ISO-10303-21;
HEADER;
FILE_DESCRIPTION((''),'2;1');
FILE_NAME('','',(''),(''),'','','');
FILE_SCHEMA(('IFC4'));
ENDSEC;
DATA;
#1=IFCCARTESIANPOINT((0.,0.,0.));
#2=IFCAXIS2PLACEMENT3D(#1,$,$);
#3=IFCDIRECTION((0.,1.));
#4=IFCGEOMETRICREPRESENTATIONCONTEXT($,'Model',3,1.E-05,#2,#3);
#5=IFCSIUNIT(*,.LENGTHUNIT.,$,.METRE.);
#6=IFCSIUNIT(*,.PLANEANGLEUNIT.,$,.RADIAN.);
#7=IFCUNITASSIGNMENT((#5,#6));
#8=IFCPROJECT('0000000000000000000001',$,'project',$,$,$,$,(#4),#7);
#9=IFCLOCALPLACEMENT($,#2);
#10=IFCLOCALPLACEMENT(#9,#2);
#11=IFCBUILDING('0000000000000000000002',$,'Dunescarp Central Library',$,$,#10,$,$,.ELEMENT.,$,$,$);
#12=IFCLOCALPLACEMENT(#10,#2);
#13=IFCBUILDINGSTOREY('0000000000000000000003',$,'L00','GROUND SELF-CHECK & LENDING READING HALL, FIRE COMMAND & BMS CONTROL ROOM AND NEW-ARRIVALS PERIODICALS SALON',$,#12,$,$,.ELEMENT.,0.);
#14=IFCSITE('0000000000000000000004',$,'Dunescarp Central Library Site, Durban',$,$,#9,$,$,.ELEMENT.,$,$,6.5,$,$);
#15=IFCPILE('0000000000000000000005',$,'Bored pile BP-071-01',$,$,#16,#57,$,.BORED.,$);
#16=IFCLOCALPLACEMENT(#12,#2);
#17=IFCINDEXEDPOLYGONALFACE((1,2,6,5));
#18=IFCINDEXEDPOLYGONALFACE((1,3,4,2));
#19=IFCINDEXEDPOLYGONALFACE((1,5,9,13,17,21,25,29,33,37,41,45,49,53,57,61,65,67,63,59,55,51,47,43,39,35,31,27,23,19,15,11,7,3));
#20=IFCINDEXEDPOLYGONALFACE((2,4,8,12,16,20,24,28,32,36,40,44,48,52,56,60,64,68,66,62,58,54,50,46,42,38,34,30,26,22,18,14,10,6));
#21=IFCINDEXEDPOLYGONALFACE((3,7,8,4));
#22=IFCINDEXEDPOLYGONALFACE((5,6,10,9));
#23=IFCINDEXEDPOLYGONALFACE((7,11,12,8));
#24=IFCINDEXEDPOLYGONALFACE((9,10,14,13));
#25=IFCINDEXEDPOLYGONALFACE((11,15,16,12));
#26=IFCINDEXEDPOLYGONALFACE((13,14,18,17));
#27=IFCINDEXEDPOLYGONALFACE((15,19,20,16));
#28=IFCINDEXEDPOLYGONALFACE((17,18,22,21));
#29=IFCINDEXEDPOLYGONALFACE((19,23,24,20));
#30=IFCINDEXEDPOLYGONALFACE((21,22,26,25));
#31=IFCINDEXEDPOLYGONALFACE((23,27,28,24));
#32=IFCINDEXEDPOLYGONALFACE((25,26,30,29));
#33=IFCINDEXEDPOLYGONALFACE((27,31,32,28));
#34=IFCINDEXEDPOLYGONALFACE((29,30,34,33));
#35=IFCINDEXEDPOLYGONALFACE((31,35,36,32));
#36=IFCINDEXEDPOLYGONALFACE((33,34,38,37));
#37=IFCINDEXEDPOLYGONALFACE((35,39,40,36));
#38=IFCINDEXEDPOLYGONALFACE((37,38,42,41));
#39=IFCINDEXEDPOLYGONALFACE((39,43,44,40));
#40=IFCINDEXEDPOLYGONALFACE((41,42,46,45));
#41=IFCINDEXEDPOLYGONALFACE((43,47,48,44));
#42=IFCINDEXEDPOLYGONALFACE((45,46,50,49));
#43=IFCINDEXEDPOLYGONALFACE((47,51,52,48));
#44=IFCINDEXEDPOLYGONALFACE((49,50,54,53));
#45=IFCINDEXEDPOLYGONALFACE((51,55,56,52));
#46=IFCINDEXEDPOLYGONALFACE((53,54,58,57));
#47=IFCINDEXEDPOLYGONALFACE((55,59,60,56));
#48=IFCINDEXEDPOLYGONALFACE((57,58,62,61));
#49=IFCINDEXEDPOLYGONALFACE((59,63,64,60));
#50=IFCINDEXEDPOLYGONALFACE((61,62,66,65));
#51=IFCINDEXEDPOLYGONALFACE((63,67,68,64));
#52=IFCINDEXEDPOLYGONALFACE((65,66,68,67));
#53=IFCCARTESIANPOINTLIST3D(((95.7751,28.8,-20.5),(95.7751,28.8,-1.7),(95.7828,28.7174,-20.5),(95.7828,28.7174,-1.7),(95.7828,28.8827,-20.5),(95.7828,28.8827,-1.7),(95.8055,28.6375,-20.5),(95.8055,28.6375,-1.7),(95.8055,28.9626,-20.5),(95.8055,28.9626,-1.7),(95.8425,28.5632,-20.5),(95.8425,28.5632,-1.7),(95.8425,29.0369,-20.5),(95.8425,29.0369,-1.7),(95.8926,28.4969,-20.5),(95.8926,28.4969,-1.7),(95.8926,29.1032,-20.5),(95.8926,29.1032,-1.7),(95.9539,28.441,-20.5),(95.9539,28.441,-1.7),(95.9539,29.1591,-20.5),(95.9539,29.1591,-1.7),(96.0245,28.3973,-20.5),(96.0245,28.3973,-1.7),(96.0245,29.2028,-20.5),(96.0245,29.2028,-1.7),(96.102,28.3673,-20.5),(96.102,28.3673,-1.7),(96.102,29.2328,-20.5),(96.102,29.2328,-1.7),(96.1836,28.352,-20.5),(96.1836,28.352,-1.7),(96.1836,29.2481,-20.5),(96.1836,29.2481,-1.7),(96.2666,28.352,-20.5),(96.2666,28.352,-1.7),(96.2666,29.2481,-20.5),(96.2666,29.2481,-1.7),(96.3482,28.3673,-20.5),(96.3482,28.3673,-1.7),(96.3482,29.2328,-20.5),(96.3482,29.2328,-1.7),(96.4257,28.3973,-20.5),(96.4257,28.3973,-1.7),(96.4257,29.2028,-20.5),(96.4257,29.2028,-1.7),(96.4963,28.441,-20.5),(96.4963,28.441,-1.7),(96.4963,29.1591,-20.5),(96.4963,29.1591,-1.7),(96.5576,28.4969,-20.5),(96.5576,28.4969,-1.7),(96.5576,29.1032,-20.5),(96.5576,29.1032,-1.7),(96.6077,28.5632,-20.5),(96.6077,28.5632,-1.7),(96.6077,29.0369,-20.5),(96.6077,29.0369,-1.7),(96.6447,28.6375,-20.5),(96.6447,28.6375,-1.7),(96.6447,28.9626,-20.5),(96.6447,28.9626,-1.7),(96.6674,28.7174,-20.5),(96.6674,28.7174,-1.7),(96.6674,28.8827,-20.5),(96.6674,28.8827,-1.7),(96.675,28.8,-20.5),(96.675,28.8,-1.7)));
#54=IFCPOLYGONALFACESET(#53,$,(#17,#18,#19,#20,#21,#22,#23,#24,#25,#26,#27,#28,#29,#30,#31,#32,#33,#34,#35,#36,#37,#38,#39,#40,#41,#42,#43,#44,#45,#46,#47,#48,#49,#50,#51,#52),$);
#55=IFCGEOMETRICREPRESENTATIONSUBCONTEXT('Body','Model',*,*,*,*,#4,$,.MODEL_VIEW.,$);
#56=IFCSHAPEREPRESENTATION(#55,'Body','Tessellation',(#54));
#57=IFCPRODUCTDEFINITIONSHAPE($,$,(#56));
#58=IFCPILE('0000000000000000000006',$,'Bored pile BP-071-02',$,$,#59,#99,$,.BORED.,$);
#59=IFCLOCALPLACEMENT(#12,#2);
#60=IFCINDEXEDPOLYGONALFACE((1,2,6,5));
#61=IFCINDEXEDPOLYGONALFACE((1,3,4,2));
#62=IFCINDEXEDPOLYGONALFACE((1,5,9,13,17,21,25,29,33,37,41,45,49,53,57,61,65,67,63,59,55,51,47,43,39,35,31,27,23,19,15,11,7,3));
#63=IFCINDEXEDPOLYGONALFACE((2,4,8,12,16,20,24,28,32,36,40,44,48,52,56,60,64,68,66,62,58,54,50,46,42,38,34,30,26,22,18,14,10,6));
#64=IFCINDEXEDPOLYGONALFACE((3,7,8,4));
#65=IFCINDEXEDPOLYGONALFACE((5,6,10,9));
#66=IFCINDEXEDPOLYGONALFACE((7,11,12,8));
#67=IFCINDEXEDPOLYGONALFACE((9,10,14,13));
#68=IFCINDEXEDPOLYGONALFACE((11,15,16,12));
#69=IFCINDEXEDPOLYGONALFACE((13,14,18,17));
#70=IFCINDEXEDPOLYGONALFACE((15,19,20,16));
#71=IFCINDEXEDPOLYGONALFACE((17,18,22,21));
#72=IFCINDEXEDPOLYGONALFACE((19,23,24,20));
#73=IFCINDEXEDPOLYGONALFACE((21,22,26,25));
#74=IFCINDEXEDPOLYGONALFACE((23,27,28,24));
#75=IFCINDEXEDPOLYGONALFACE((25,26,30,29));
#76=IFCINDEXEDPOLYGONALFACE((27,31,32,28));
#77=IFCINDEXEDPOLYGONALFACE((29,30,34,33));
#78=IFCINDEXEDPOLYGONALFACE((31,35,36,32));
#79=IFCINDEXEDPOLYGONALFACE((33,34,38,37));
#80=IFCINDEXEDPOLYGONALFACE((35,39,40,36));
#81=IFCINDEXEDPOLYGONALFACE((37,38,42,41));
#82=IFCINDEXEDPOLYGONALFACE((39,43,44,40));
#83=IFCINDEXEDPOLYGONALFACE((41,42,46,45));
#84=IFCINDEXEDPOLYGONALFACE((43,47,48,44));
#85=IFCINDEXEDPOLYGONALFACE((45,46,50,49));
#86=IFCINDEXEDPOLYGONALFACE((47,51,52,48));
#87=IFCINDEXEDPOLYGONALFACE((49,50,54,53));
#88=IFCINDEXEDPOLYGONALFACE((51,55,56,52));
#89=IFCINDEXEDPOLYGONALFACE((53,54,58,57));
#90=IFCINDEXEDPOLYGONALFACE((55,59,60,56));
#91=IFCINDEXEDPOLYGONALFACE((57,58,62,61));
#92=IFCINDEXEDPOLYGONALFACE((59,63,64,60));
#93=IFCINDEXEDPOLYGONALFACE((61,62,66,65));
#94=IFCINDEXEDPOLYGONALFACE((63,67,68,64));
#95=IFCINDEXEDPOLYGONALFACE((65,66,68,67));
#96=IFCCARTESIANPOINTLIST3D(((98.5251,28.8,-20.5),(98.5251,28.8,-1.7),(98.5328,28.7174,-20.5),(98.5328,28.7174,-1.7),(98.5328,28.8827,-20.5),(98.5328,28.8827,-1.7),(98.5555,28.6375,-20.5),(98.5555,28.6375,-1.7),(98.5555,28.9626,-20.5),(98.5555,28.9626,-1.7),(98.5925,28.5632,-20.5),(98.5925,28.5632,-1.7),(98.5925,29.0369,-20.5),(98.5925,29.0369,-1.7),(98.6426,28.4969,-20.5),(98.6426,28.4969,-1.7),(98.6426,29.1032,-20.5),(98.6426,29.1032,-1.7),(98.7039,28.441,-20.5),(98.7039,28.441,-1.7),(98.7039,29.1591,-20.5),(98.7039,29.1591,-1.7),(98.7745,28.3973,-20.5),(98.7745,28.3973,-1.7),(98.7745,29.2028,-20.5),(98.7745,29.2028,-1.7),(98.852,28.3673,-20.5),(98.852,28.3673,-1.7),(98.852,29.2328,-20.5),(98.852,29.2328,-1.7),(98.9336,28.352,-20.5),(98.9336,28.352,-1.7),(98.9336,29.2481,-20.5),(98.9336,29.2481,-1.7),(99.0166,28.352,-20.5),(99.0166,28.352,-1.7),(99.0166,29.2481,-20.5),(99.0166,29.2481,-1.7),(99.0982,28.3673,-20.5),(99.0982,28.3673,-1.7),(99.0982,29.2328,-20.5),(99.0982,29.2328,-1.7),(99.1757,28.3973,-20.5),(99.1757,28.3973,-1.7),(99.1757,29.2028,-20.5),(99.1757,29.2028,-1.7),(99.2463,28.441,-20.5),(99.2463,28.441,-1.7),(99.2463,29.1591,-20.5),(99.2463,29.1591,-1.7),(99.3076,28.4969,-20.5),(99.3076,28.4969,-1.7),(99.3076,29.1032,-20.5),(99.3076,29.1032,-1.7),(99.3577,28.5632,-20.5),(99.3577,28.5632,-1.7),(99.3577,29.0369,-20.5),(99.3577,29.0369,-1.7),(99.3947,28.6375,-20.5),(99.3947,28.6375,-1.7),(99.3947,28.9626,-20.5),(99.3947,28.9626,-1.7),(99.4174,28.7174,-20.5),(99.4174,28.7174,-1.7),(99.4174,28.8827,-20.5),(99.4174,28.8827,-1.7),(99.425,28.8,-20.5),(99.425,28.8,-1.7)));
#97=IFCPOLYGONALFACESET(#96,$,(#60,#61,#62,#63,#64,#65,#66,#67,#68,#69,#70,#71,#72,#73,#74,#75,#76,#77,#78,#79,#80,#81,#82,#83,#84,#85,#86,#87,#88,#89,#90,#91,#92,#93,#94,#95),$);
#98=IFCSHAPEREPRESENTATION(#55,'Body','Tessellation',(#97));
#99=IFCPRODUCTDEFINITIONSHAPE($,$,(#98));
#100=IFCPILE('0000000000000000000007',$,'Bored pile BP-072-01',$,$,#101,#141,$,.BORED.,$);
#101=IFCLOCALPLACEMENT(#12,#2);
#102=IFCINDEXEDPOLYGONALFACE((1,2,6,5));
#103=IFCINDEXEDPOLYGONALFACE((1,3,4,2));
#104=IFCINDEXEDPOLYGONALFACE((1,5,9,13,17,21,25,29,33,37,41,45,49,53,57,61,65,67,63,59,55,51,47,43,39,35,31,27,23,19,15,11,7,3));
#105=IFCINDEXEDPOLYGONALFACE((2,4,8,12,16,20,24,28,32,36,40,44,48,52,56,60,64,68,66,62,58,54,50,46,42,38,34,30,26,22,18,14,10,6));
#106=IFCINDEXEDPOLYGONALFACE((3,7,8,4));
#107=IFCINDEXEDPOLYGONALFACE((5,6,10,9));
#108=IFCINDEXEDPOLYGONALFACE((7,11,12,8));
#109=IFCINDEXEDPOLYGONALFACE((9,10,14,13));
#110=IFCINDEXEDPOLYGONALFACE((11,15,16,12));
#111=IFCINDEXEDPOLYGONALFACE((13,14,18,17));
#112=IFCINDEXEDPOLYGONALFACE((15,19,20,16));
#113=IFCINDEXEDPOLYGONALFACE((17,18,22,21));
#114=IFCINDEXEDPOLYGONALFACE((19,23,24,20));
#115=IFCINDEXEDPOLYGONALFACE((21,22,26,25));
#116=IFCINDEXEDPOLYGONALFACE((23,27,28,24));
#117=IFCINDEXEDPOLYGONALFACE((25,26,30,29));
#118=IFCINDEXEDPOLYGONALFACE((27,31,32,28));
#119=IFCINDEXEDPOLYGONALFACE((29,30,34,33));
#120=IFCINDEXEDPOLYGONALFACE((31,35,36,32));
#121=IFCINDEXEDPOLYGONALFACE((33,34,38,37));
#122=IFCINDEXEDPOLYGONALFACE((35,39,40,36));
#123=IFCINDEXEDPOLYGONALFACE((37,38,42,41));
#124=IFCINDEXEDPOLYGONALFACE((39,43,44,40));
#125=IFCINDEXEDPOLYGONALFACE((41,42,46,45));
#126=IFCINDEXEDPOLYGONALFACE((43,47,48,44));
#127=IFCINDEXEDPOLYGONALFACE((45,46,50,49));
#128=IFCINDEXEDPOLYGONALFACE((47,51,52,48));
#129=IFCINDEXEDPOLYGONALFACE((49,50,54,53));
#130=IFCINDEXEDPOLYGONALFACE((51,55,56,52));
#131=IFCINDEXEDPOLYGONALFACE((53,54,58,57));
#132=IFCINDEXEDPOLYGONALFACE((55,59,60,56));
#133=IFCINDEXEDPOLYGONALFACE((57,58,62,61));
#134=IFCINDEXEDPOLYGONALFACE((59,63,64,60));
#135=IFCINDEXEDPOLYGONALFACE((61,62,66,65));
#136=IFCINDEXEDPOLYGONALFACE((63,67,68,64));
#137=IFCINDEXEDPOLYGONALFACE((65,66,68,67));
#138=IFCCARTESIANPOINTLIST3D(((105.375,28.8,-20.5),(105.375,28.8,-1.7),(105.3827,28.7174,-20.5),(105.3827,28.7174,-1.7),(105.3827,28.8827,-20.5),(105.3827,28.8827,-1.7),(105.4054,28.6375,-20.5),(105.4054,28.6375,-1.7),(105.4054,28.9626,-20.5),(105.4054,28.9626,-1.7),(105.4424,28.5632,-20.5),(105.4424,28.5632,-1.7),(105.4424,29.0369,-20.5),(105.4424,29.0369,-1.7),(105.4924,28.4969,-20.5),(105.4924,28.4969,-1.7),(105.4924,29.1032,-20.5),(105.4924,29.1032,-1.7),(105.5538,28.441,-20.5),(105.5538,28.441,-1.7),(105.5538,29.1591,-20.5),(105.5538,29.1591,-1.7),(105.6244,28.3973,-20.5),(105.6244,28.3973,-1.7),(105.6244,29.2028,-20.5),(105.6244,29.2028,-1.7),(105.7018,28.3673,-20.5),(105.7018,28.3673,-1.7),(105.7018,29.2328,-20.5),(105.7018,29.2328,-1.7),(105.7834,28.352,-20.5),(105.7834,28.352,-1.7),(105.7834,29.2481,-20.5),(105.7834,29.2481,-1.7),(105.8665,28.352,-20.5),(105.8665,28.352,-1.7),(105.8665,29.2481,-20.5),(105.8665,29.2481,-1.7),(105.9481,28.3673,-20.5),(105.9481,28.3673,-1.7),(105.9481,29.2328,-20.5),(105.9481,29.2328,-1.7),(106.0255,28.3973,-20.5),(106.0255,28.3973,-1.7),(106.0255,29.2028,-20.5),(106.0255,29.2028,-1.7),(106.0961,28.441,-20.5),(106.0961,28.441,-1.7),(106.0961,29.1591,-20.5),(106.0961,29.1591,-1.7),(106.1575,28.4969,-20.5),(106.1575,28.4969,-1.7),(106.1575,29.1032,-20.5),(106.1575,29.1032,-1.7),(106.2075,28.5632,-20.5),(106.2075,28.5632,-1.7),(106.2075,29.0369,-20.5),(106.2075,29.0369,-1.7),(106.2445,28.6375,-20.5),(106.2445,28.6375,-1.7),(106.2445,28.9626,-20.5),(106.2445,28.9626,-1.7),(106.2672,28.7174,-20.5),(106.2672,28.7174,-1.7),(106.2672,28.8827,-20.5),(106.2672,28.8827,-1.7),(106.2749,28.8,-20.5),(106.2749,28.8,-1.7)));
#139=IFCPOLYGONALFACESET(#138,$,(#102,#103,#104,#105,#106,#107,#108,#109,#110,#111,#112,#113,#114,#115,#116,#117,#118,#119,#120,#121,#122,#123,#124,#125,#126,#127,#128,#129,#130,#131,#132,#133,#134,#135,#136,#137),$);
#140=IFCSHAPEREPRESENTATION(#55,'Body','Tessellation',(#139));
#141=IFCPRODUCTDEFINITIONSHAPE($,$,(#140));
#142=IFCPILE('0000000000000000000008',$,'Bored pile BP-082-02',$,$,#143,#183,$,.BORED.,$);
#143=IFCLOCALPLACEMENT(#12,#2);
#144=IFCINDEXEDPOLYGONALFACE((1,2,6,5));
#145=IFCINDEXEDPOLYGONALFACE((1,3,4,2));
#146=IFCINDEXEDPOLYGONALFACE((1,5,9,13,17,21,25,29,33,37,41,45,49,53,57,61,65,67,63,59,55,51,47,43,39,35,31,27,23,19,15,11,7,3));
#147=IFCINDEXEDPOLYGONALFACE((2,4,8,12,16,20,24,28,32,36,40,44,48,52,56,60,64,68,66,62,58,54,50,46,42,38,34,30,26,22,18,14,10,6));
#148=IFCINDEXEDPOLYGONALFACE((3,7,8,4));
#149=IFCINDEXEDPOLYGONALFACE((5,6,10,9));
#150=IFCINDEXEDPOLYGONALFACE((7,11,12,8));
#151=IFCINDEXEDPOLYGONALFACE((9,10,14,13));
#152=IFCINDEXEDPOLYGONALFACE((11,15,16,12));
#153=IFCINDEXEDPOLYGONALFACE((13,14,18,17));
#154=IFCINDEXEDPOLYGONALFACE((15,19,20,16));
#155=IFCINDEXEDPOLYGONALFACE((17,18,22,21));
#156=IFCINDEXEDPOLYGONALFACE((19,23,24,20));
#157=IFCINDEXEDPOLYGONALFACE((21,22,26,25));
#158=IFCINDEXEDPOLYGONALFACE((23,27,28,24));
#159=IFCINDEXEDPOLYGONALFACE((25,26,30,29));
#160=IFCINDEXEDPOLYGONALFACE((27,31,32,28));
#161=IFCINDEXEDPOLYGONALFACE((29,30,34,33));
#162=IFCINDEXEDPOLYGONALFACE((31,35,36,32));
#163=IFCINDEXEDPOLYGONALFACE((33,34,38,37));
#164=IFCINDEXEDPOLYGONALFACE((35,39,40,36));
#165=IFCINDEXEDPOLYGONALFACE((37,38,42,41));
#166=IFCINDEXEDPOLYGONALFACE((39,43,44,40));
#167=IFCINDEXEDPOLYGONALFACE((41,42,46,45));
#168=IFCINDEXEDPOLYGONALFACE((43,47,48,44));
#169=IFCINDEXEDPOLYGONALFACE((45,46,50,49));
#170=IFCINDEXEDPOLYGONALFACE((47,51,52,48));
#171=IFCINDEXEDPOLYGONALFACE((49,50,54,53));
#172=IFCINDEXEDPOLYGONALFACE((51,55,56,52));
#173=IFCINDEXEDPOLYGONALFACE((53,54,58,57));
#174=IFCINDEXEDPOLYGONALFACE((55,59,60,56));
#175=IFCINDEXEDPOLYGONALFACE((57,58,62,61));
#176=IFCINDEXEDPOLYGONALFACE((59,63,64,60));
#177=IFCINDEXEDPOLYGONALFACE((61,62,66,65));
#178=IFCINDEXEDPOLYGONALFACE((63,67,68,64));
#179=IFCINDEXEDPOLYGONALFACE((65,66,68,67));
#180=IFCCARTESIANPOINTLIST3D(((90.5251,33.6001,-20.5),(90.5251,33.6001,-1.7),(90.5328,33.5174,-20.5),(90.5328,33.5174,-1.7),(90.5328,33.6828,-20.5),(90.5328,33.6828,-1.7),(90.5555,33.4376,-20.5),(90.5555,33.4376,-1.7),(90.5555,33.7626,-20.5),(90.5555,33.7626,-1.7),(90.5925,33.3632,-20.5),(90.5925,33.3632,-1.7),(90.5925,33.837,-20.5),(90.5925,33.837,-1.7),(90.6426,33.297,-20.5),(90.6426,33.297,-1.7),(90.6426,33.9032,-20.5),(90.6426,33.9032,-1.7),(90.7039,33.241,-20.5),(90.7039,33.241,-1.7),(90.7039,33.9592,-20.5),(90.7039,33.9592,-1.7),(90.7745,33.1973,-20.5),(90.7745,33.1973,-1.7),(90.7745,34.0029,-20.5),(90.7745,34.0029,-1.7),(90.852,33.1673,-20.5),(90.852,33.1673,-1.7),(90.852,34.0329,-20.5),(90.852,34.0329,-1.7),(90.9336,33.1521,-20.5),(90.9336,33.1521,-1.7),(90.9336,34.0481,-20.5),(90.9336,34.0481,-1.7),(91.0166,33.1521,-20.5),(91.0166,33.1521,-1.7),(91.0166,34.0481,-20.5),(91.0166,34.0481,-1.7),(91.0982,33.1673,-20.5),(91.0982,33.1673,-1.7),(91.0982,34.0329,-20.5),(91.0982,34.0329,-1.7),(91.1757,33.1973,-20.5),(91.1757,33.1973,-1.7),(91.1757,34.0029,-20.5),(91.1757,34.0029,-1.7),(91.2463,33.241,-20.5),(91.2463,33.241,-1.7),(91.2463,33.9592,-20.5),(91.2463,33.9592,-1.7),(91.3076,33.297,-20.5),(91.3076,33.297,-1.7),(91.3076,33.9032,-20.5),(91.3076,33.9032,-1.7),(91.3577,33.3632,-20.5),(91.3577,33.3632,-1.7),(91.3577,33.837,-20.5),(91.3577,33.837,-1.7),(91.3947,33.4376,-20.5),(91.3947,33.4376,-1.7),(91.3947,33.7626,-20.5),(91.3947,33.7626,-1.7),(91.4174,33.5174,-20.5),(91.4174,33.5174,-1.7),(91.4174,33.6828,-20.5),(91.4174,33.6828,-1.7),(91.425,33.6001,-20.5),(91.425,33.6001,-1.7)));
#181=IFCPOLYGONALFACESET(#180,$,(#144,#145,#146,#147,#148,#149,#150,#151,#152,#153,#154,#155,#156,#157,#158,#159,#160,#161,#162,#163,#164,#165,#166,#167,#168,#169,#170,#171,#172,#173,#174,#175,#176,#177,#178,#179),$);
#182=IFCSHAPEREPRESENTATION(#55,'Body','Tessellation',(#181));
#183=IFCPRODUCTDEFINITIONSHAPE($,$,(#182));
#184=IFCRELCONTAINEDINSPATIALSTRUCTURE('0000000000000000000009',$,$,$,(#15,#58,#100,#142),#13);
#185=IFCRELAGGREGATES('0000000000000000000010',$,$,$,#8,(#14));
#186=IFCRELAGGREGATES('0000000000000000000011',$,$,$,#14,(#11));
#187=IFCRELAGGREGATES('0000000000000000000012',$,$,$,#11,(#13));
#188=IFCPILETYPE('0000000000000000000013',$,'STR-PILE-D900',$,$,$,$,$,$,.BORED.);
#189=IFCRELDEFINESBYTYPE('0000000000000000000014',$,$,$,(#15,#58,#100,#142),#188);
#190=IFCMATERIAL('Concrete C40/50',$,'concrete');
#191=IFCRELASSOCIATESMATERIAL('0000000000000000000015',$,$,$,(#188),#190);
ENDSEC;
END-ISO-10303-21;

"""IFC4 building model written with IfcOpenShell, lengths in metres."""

from ifc_helpers import new_model, si_unit, direction, frame, origin, origin_2d, place, context, subcontext, project, spatial, circle, extrude, material, material_profile, profile_set, type_object, element, save


model = new_model("IFC4")

# Units and contexts
model_context = context("Model", 3, precision=1e-05, world=origin(), true_north=direction((0.0, 1.0)))
body_context = subcontext(model_context, "Body", "Model", "MODEL_VIEW")
ifc_project = project(units=[si_unit("LENGTHUNIT", "METRE"), si_unit("PLANEANGLEUNIT", "RADIAN")], contexts=[model_context])

# Site, building, storey
site_placement = place(None, origin())
site = spatial("IfcSite", under=ifc_project, at=site_placement, Name="Dunescarp Central Library Site, Durban", CompositionType="ELEMENT", RefElevation=6.5)
building_placement = place(site_placement, origin())
building = spatial("IfcBuilding", under=site, at=building_placement, Name="Dunescarp Central Library", CompositionType="ELEMENT")
storey_placement = place(building_placement, origin())
storey = spatial("IfcBuildingStorey", under=building, at=storey_placement, Name="L00", Description="GROUND SELF-CHECK & LENDING READING HALL, FIRE COMMAND & BMS CONTROL ROOM AND NEW-ARRIVALS PERIODICALS SALON", CompositionType="ELEMENT", Elevation=0.0)

# Shared definitions
ifc_material_1 = material(Name="Concrete C40/50", Category="concrete")

# Piles
ifc_material_profile_1 = material_profile(ifc_material_1, circle(Radius=0.45, at=origin_2d()), Name="PILE D900")
ifc_profile_set_1 = profile_set([ifc_material_profile_1], Name="Concrete C40/50")
pile_type = type_object("IfcPileType", Name="STR-PILE-D900", PredefinedType="BORED", material=ifc_profile_set_1)
for number, where, z_axis, x_axis, name in (
    (1, (96.2251, 28.8, -1.7), (0.0, 0.0, -1.0), (1.0, 0.0, 0.0), "Bored pile BP-071-01"),
    (2, (98.9751, 28.8, -1.7), (0.0, 0.0, -1.0), (1.0, 0.0, 0.0), "Bored pile BP-071-02"),
    (3, (105.825, 28.8, -1.7), (0.0, 0.0, -1.0), (1.0, 0.0, 0.0), "Bored pile BP-072-01"),
    (4, (90.9751, 33.6001, -1.7), (0.0, 0.0, -1.0), (1.0, 0.0, 0.0), "Bored pile BP-082-02"),
):
    element("IfcPile", number, at=place(storey_placement, frame(where, z_axis=z_axis, x_axis=x_axis)), inside=storey, type_object=pile_type, Name=name, PredefinedType="BORED", context=body_context, shape_type="SweptSolid", body=[
        extrude(circle(Radius=0.45, at=origin_2d()), origin(), (0.0, 0.0, 1.0), 18.8),
    ])

save(model, "model.ifc")
